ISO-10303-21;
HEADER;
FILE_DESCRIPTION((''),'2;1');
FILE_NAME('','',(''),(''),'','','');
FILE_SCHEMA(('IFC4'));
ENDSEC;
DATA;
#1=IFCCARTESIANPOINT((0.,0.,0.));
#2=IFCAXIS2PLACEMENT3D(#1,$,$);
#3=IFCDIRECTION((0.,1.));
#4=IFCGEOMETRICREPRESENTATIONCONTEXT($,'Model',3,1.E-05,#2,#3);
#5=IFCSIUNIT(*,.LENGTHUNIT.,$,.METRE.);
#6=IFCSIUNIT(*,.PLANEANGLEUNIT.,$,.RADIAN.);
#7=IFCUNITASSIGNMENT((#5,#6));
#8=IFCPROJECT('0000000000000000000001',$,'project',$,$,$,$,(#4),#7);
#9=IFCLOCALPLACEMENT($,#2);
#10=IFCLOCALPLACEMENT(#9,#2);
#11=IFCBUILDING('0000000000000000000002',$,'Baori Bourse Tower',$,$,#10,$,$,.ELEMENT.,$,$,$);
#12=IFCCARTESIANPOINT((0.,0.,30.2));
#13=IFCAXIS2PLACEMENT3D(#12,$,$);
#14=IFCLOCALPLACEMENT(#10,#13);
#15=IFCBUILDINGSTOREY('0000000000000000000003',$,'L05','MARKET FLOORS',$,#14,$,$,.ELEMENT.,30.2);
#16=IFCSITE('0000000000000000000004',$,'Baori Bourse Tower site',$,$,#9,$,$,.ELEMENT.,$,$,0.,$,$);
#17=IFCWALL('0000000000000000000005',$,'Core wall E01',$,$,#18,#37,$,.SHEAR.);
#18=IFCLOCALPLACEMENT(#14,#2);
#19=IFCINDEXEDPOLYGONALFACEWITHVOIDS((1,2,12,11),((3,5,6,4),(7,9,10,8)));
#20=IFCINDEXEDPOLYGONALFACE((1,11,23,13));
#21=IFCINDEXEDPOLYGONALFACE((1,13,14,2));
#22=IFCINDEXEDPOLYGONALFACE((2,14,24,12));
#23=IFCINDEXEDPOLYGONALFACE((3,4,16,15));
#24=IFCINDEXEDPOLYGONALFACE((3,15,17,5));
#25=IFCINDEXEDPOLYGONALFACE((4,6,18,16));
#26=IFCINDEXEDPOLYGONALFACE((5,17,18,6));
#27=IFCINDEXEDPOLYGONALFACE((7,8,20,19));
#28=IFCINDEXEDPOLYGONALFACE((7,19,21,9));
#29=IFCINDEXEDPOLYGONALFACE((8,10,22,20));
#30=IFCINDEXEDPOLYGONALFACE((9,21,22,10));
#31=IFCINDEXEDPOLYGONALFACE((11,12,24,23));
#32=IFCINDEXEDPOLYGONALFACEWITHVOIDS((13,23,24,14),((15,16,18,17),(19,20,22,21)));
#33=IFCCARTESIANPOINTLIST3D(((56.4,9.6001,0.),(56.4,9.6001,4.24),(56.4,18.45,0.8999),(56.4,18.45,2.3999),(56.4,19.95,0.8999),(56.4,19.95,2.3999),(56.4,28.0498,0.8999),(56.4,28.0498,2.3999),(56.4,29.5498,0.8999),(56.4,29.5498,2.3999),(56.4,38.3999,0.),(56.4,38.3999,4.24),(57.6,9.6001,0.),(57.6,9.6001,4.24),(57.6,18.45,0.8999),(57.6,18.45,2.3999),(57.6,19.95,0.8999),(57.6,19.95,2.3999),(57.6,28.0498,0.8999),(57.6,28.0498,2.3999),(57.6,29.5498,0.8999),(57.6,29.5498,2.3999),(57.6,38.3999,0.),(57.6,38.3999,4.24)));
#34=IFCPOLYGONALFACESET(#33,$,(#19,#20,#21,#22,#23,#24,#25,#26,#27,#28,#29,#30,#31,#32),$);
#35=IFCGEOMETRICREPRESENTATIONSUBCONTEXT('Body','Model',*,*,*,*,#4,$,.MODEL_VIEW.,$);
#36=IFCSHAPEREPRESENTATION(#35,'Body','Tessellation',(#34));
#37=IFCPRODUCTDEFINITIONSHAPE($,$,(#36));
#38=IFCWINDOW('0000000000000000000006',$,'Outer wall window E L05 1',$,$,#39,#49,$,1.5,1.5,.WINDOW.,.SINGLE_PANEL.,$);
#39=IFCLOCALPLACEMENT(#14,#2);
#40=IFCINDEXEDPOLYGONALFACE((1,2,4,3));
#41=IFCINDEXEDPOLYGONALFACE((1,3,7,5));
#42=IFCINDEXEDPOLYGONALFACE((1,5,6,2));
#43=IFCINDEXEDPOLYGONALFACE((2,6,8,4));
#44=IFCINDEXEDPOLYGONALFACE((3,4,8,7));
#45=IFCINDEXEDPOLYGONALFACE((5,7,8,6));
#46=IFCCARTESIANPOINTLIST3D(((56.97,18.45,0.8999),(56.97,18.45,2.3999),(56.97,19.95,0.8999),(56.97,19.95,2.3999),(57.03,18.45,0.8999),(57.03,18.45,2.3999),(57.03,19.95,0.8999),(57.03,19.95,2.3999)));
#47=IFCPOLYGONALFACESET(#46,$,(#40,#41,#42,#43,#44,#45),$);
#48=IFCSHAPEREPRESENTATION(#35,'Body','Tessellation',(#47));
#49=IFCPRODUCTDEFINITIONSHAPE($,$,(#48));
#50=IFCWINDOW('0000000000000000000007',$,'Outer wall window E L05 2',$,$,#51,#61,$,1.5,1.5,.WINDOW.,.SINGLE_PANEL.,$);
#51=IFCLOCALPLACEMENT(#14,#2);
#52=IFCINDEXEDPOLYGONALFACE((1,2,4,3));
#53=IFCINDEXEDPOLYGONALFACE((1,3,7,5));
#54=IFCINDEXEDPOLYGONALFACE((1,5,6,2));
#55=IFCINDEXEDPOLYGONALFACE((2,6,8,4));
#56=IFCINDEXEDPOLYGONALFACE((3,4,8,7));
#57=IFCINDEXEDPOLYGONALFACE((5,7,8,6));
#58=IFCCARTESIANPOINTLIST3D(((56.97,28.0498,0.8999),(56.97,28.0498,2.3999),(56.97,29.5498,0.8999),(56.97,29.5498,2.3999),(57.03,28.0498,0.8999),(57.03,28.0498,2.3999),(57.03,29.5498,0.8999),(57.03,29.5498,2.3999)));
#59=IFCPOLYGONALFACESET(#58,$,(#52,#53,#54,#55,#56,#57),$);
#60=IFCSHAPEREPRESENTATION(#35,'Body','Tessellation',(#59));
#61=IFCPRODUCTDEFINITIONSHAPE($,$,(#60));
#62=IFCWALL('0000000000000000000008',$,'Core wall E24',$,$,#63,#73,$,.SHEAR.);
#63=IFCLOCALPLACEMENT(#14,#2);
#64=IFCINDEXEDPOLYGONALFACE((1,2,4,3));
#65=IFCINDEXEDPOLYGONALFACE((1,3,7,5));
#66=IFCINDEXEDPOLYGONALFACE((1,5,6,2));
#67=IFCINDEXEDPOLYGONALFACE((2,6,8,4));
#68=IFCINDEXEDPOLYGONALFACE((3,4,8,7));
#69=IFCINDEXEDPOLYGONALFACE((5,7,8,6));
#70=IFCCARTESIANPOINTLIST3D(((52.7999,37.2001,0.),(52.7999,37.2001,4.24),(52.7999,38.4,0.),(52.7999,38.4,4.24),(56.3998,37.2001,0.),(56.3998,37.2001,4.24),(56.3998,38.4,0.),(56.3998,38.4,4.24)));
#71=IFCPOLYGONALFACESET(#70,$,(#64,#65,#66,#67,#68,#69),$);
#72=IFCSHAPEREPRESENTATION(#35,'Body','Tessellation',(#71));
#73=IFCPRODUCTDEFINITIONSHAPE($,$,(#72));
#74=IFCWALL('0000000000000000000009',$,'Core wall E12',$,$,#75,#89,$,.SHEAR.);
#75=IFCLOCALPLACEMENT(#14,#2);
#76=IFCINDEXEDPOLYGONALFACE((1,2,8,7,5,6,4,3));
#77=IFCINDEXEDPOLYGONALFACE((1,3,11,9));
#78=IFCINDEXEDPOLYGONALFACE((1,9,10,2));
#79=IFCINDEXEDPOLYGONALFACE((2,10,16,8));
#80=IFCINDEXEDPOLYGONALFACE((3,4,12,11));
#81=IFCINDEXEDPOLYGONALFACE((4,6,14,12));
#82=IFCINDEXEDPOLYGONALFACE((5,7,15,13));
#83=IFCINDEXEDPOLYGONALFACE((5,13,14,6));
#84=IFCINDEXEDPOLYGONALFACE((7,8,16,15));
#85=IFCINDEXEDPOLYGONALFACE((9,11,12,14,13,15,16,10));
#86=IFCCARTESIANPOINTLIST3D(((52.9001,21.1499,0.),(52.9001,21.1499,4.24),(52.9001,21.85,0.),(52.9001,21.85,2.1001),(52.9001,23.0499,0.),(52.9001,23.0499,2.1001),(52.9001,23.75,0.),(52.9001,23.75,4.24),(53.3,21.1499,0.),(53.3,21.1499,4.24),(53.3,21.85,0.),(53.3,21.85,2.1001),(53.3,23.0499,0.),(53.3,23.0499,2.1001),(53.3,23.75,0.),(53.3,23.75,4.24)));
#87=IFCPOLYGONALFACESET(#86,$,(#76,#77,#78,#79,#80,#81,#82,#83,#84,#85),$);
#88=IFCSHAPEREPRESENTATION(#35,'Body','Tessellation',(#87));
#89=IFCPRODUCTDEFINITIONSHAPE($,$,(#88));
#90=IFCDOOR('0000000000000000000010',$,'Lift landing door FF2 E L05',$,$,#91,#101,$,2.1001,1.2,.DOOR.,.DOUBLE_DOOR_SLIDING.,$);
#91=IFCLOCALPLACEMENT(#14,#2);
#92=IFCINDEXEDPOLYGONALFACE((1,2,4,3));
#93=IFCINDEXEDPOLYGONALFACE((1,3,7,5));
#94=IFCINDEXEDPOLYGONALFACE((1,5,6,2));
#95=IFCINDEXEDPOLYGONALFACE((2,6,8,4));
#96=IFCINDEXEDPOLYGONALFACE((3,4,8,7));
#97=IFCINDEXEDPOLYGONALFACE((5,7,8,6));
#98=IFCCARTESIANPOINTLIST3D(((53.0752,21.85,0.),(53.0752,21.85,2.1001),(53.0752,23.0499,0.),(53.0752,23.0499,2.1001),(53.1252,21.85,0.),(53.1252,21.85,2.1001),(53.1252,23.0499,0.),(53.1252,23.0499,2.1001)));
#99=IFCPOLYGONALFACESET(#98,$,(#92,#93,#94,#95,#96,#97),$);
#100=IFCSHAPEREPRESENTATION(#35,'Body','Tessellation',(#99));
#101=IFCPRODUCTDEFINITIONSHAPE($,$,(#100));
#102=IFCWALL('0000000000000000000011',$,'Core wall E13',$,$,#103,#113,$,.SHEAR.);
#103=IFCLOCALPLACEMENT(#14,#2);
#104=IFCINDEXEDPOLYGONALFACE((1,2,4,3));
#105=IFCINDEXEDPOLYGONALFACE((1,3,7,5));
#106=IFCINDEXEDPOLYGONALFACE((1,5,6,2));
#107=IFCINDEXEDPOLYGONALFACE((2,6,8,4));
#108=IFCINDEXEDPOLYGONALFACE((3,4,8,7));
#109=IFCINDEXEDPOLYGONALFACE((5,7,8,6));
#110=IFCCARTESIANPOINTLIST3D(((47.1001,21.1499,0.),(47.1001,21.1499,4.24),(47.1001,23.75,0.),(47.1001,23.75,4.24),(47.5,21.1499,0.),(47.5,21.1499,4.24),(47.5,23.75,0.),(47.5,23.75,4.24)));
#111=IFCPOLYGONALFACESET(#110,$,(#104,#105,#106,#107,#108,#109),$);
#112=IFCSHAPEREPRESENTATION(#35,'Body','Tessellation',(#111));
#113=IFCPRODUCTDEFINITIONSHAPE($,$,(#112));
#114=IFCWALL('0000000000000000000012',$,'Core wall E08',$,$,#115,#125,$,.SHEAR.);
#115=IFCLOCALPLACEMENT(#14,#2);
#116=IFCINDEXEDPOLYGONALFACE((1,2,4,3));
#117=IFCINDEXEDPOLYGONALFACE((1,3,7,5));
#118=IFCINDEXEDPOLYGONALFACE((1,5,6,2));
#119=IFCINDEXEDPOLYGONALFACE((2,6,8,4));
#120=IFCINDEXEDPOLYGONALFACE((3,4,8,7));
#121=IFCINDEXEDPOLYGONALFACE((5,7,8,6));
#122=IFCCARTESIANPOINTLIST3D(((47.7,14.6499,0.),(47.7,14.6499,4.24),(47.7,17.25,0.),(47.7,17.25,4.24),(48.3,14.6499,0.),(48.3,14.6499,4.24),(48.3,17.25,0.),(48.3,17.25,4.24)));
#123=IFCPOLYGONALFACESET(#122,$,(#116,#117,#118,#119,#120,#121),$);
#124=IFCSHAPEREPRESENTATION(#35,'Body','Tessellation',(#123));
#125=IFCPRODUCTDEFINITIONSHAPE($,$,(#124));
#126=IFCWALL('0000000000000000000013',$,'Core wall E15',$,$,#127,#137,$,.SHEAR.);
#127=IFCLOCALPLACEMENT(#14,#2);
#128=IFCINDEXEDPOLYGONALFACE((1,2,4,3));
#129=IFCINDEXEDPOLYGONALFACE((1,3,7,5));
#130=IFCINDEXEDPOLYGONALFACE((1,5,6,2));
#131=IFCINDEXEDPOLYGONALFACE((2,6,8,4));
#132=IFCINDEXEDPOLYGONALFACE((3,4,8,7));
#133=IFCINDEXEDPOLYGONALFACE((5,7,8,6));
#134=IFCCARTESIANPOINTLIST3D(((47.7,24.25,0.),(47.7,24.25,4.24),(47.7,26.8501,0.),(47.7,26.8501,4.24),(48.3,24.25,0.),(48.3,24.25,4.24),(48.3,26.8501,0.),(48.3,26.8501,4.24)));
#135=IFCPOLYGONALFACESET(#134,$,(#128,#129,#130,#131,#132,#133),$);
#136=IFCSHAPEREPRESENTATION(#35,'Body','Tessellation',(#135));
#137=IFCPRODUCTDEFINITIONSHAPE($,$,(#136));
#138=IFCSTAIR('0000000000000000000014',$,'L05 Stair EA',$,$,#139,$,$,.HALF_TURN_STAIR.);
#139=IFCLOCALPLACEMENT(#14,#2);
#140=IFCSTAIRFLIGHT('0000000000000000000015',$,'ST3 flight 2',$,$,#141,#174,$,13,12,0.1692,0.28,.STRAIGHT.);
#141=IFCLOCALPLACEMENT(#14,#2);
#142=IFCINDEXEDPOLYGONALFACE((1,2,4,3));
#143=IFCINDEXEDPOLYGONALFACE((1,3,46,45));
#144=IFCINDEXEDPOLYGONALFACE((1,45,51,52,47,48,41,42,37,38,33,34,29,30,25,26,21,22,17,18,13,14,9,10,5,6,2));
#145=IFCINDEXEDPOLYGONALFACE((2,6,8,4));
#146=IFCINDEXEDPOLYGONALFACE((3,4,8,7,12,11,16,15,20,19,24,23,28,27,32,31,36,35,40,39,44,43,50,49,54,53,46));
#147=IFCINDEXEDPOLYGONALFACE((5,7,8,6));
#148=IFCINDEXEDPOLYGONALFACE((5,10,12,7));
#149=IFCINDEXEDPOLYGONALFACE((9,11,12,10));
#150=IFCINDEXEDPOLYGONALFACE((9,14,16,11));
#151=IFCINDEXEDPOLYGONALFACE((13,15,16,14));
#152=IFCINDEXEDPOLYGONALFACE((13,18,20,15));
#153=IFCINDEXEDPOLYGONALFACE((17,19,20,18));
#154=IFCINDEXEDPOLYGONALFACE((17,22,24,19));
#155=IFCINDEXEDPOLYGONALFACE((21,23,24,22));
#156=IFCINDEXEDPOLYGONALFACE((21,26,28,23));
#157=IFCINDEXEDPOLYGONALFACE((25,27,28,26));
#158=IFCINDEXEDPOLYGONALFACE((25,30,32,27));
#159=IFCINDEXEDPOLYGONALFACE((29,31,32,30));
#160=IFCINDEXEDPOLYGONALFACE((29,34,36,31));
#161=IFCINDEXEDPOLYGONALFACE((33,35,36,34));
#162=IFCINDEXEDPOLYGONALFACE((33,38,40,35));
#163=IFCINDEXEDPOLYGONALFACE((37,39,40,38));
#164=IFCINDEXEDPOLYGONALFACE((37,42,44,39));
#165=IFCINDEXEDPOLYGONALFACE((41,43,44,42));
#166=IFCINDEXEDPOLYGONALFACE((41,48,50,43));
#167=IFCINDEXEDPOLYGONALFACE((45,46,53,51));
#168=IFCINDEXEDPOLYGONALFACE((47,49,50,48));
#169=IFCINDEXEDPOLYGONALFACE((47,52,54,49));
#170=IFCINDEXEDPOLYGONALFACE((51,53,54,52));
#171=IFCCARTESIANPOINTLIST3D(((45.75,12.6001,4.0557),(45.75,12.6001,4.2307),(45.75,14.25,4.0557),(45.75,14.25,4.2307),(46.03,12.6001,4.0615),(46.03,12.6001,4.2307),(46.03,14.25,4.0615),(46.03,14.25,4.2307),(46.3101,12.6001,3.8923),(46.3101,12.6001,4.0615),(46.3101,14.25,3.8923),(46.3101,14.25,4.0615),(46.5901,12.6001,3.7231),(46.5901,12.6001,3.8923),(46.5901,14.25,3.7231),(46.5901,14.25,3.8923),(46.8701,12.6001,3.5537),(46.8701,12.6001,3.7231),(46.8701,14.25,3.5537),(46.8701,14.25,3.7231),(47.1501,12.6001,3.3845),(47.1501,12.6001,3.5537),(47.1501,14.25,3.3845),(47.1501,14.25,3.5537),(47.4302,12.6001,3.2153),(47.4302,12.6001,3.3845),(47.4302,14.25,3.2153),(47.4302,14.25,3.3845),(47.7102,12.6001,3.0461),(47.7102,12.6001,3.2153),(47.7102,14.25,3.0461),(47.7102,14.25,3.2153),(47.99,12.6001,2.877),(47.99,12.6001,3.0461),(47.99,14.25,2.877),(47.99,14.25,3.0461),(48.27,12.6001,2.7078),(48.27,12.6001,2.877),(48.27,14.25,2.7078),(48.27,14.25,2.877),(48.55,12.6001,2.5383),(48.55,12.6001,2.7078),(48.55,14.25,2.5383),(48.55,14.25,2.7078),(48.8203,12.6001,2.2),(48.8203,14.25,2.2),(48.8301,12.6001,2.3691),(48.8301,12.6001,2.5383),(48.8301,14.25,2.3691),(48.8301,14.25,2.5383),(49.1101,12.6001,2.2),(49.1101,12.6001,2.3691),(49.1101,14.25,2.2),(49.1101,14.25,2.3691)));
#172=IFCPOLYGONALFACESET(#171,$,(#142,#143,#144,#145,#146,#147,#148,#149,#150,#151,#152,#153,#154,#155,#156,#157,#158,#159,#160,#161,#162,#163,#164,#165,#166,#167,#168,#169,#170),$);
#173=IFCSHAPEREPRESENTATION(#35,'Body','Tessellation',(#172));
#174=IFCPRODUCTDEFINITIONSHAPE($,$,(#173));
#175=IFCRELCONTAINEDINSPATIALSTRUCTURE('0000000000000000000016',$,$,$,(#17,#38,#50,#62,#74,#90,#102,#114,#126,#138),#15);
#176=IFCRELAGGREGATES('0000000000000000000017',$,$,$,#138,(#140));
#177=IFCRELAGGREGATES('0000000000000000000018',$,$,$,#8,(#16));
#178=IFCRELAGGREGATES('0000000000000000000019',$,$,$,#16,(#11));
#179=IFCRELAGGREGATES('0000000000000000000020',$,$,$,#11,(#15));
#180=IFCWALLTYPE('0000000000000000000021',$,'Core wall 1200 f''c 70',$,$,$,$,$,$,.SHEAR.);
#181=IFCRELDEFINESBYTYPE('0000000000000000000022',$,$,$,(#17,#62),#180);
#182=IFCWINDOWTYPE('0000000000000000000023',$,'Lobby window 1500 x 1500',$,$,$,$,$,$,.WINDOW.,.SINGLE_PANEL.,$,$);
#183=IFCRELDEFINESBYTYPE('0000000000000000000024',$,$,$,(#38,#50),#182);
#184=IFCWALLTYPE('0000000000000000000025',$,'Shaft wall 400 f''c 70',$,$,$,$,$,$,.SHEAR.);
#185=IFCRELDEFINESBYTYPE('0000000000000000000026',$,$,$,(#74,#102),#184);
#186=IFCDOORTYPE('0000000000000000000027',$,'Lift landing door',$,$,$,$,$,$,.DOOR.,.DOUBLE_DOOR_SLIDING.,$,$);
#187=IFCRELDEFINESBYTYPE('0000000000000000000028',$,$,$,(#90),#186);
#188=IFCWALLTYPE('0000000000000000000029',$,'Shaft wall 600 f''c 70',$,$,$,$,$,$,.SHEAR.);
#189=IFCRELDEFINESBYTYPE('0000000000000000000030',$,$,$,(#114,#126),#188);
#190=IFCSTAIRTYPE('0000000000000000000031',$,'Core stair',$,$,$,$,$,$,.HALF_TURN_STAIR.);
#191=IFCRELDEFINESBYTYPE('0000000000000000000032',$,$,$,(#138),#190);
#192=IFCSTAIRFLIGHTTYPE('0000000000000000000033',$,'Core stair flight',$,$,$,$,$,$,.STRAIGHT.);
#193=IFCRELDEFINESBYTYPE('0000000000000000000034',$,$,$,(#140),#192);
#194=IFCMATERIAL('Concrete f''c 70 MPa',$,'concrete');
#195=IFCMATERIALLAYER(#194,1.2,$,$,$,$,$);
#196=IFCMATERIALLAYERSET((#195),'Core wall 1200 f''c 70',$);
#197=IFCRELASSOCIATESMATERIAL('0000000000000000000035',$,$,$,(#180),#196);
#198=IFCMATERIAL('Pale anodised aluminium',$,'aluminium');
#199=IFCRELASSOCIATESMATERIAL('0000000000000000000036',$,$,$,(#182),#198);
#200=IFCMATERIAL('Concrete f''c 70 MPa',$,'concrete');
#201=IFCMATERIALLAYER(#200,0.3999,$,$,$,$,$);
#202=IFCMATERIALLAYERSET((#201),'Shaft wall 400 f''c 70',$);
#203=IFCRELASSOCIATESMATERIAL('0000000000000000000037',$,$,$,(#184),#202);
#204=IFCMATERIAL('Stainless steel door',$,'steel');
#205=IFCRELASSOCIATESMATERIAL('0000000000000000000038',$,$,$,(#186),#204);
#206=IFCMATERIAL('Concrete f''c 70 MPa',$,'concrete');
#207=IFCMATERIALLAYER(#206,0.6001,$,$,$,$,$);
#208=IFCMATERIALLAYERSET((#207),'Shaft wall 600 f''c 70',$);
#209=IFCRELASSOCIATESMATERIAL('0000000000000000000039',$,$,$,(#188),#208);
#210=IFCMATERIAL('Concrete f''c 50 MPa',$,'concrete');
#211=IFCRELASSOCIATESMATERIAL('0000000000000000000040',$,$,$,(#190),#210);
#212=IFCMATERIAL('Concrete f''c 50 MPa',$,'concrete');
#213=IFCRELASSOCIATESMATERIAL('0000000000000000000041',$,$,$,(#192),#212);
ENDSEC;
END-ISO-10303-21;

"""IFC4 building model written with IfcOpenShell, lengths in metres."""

from ifc_helpers import new_model, si_unit, direction, frame, frame_2d, origin, place, context, subcontext, project, spatial, polyline, rectangle, outline, extrude, material, layer, layer_set, type_object, element, fill, aggregate, save


model = new_model("IFC4")

# Units and contexts
model_context = context("Model", 3, precision=1e-05, world=origin(), true_north=direction((0.0, 1.0)))
body_context = subcontext(model_context, "Body", "Model", "MODEL_VIEW")
ifc_project = project(units=[si_unit("LENGTHUNIT", "METRE"), si_unit("PLANEANGLEUNIT", "RADIAN")], contexts=[model_context])

# Site, building, storey
site_placement = place(None, origin())
site = spatial("IfcSite", under=ifc_project, at=site_placement, Name="Baori Bourse Tower site", CompositionType="ELEMENT", RefElevation=0.0)
building_placement = place(site_placement, origin())
building = spatial("IfcBuilding", under=site, at=building_placement, Name="Baori Bourse Tower", CompositionType="ELEMENT")
storey_placement = place(building_placement, frame((0.0, 0.0, 30.2)))
storey = spatial("IfcBuildingStorey", under=building, at=storey_placement, Name="L05", Description="MARKET FLOORS", CompositionType="ELEMENT", Elevation=30.2)

# Wall, openings, windows
ifc_material_1 = material(Name="Concrete f'c 70 MPa", Category="concrete")
ifc_layer_1 = layer(ifc_material_1, 1.2)
ifc_layer_set_1 = layer_set([ifc_layer_1], Name="Core wall 1200 f'c 70")
wall_type_1 = type_object("IfcWallType", Name="Core wall 1200 f'c 70", PredefinedType="SHEAR", material=ifc_layer_set_1)
wall_1_placement = place(storey_placement, frame((57.0, 38.3999, 0.0), z_axis=(0.0, 0.0, 1.0), x_axis=(0.0, -1.0, 0.0)))
wall_1 = element("IfcWall", 1, at=wall_1_placement, inside=storey, type_object=wall_type_1, Name="Core wall E01", PredefinedType="SHEAR", context=body_context, shape_type="SweptSolid", body=[
    extrude(rectangle(XDim=28.7998, YDim=1.2, at=frame_2d((14.3999, 0.0))), origin(), (0.0, 0.0, 1.0), 4.24),
])
opening_1_placement = place(wall_1_placement, frame((18.45, 0.0, 0.8999)))
opening_1 = element("IfcOpeningElement", 2, at=opening_1_placement, cuts=wall_1, PredefinedType="OPENING", context=body_context, shape_type="SweptSolid", body=[
    extrude(rectangle(XDim=1.5, YDim=1.5, at=frame_2d((0.75, 0.75))), frame((0.0, 0.6099, 0.0), z_axis=(0.0, -1.0, 0.0), x_axis=(1.0, 0.0, 0.0)), (0.0, 0.0, 1.0), 1.22),
])
opening_2_placement = place(wall_1_placement, frame((8.8501, 0.0, 0.8999)))
opening_2 = element("IfcOpeningElement", 3, at=opening_2_placement, cuts=wall_1, PredefinedType="OPENING", context=body_context, shape_type="SweptSolid", body=[
    extrude(rectangle(XDim=1.5, YDim=1.5, at=frame_2d((0.75, 0.75))), frame((0.0, 0.6099, 0.0), z_axis=(0.0, -1.0, 0.0), x_axis=(1.0, 0.0, 0.0)), (0.0, 0.0, 1.0), 1.22),
])
ifc_material_2 = material(Name="Pale anodised aluminium", Category="aluminium")
window_type = type_object("IfcWindowType", Name="Lobby window 1500 x 1500", PartitioningType="SINGLE_PANEL", PredefinedType="WINDOW", material=ifc_material_2)
window_1_placement = place(opening_1_placement, origin())
window_1 = element("IfcWindow", 4, at=window_1_placement, inside=storey, type_object=window_type, Name="Outer wall window E L05 1", OverallHeight=1.5, OverallWidth=1.5, PartitioningType="SINGLE_PANEL", PredefinedType="WINDOW", context=body_context, shape_type="SweptSolid", body=[
    extrude(rectangle(XDim=1.5, YDim=1.5, at=frame_2d((0.75, 0.75))), frame((0.0, 0.03, 0.0), z_axis=(0.0, -1.0, 0.0), x_axis=(1.0, 0.0, 0.0)), (0.0, 0.0, 1.0), 0.0601),
])
fill(opening_1, window_1)
window_2_placement = place(opening_2_placement, origin())
window_2 = element("IfcWindow", 5, at=window_2_placement, inside=storey, type_object=window_type, Name="Outer wall window E L05 2", OverallHeight=1.5, OverallWidth=1.5, PartitioningType="SINGLE_PANEL", PredefinedType="WINDOW", context=body_context, shape_type="SweptSolid", body=[
    extrude(rectangle(XDim=1.5, YDim=1.5, at=frame_2d((0.75, 0.75))), frame((0.0, 0.03, 0.0), z_axis=(0.0, -1.0, 0.0), x_axis=(1.0, 0.0, 0.0)), (0.0, 0.0, 1.0), 0.0601),
])
fill(opening_2, window_2)

# Wall
wall_2_placement = place(storey_placement, frame((52.8, 37.8, 0.0), z_axis=(0.0, 0.0, 1.0), x_axis=(1.0, 0.0, 0.0)))
element("IfcWall", 6, at=wall_2_placement, inside=storey, type_object=wall_type_1, Name="Core wall E24", PredefinedType="SHEAR", context=body_context, shape_type="SweptSolid", body=[
    extrude(rectangle(XDim=3.5999, YDim=1.2, at=frame_2d((1.7998, 0.0))), origin(), (0.0, 0.0, 1.0), 4.24),
])

# Wall, opening, door
ifc_material_3 = material(Name="Concrete f'c 70 MPa", Category="concrete")
ifc_layer_2 = layer(ifc_material_3, 0.3999)
ifc_layer_set_2 = layer_set([ifc_layer_2], Name="Shaft wall 400 f'c 70")
wall_type_2 = type_object("IfcWallType", Name="Shaft wall 400 f'c 70", PredefinedType="SHEAR", material=ifc_layer_set_2)
wall_3_placement = place(storey_placement, frame((53.1001, 21.1499, 0.0), z_axis=(0.0, 0.0, 1.0), x_axis=(0.0, 1.0, 0.0)))
wall_3 = element("IfcWall", 7, at=wall_3_placement, inside=storey, type_object=wall_type_2, Name="Core wall E12", PredefinedType="SHEAR", context=body_context, shape_type="SweptSolid", body=[
    extrude(rectangle(XDim=2.6001, YDim=0.3999, at=frame_2d((1.3, 0.0))), origin(), (0.0, 0.0, 1.0), 4.24),
])
opening_3_placement = place(wall_3_placement, frame((0.7, 0.0, 0.0)))
opening_3 = element("IfcOpeningElement", 8, at=opening_3_placement, cuts=wall_3, PredefinedType="OPENING", context=body_context, shape_type="SweptSolid", body=[
    extrude(rectangle(XDim=1.2, YDim=2.1001, at=frame_2d((0.6001, 1.05))), frame((0.0, 0.21, 0.0), z_axis=(0.0, -1.0, 0.0), x_axis=(1.0, 0.0, 0.0)), (0.0, 0.0, 1.0), 0.4199),
])
ifc_material_4 = material(Name="Stainless steel door", Category="steel")
door_type = type_object("IfcDoorType", Name="Lift landing door", OperationType="DOUBLE_DOOR_SLIDING", PredefinedType="DOOR", material=ifc_material_4)
door_placement = place(opening_3_placement, origin())
door = element("IfcDoor", 9, at=door_placement, inside=storey, type_object=door_type, Name="Lift landing door FF2 E L05", OperationType="DOUBLE_DOOR_SLIDING", OverallHeight=2.1001, OverallWidth=1.2, PredefinedType="DOOR", context=body_context, shape_type="SweptSolid", body=[
    extrude(rectangle(XDim=1.2, YDim=2.1001, at=frame_2d((0.6001, 1.05))), frame((0.0, 0.0249, 0.0), z_axis=(0.0, -1.0, 0.0), x_axis=(1.0, 0.0, 0.0)), (0.0, 0.0, 1.0), 0.05),
])
fill(opening_3, door)

# Walls
wall_4_placement = place(storey_placement, frame((47.3, 21.1499, 0.0), z_axis=(0.0, 0.0, 1.0), x_axis=(0.0, 1.0, 0.0)))
element("IfcWall", 10, at=wall_4_placement, inside=storey, type_object=wall_type_2, Name="Core wall E13", PredefinedType="SHEAR", context=body_context, shape_type="SweptSolid", body=[
    extrude(rectangle(XDim=2.6001, YDim=0.3999, at=frame_2d((1.3, 0.0))), origin(), (0.0, 0.0, 1.0), 4.24),
])
ifc_material_5 = material(Name="Concrete f'c 70 MPa", Category="concrete")
ifc_layer_3 = layer(ifc_material_5, 0.6001)
ifc_layer_set_3 = layer_set([ifc_layer_3], Name="Shaft wall 600 f'c 70")
wall_type_3 = type_object("IfcWallType", Name="Shaft wall 600 f'c 70", PredefinedType="SHEAR", material=ifc_layer_set_3)
for number, where, z_axis, x_axis, name in (
    (11, (48.0, 14.6499, 0.0), (0.0, 0.0, 1.0), (0.0, 1.0, 0.0), "Core wall E08"),
    (12, (48.0, 24.25, 0.0), (0.0, 0.0, 1.0), (0.0, 1.0, 0.0), "Core wall E15"),
):
    element("IfcWall", number, at=place(storey_placement, frame(where, z_axis=z_axis, x_axis=x_axis)), inside=storey, type_object=wall_type_3, Name=name, PredefinedType="SHEAR", context=body_context, shape_type="SweptSolid", body=[
        extrude(rectangle(XDim=2.6001, YDim=0.6001, at=frame_2d((1.3, 0.0))), origin(), (0.0, 0.0, 1.0), 4.24),
    ])

# Stair, stair flight
ifc_material_6 = material(Name="Concrete f'c 50 MPa", Category="concrete")
stair_type = type_object("IfcStairType", Name="Core stair", PredefinedType="HALF_TURN_STAIR", material=ifc_material_6)
stair_1_placement = place(storey_placement, origin())
stair_1 = element("IfcStair", 13, at=stair_1_placement, inside=storey, type_object=stair_type, Name="L05 Stair EA", PredefinedType="HALF_TURN_STAIR")
ifc_material_7 = material(Name="Concrete f'c 50 MPa", Category="concrete")
stair_flight_type = type_object("IfcStairFlightType", Name="Core stair flight", PredefinedType="STRAIGHT", material=ifc_material_7)
stair_flight_1_placement = place(storey_placement, frame((49.1101, 13.425, 2.2), z_axis=(0.0, 0.0, 1.0), x_axis=(-1.0, 0.0, 0.0)))
stair_flight_1 = element("IfcStairFlight", 14, at=stair_flight_1_placement, type_object=stair_flight_type, Name="ST3 flight 2", NumberOfRisers=13, NumberOfTreads=12, PredefinedType="STRAIGHT", RiserHeight=0.1692, TreadLength=0.28, context=body_context, shape_type="SweptSolid", body=[
    extrude(outline(polyline([(0.0, 0.0), (0.0, 0.1692), (0.28, 0.1692), (0.28, 0.3384), (0.5601, 0.3384), (0.5601, 0.5078), (0.8401, 0.5078), (0.8401, 0.677), (1.1201, 0.677), (1.1201, 0.8462), (1.3999, 0.8462), (1.3999, 1.0154), (1.6799, 1.0154), (1.6799, 1.1846), (1.96, 1.1846), (1.96, 1.3538), (2.24, 1.3538), (2.24, 1.5232), (2.52, 1.5232), (2.52, 1.6924), (2.8, 1.6924), (2.8, 1.8616), (3.0801, 1.8616), (3.0801, 2.0308), (3.3601, 2.0308), (3.3601, 2.2), (3.3601, 1.8557), (0.2898, 0.0), (0.0, 0.0)])), frame((0.0, 0.825, 0.0), z_axis=(0.0, -1.0, 0.0), x_axis=(1.0, 0.0, 0.0)), (0.0, 0.0, 1.0), 1.6499),
])
aggregate(stair_1, [stair_flight_1])

save(model, "model.ifc")
